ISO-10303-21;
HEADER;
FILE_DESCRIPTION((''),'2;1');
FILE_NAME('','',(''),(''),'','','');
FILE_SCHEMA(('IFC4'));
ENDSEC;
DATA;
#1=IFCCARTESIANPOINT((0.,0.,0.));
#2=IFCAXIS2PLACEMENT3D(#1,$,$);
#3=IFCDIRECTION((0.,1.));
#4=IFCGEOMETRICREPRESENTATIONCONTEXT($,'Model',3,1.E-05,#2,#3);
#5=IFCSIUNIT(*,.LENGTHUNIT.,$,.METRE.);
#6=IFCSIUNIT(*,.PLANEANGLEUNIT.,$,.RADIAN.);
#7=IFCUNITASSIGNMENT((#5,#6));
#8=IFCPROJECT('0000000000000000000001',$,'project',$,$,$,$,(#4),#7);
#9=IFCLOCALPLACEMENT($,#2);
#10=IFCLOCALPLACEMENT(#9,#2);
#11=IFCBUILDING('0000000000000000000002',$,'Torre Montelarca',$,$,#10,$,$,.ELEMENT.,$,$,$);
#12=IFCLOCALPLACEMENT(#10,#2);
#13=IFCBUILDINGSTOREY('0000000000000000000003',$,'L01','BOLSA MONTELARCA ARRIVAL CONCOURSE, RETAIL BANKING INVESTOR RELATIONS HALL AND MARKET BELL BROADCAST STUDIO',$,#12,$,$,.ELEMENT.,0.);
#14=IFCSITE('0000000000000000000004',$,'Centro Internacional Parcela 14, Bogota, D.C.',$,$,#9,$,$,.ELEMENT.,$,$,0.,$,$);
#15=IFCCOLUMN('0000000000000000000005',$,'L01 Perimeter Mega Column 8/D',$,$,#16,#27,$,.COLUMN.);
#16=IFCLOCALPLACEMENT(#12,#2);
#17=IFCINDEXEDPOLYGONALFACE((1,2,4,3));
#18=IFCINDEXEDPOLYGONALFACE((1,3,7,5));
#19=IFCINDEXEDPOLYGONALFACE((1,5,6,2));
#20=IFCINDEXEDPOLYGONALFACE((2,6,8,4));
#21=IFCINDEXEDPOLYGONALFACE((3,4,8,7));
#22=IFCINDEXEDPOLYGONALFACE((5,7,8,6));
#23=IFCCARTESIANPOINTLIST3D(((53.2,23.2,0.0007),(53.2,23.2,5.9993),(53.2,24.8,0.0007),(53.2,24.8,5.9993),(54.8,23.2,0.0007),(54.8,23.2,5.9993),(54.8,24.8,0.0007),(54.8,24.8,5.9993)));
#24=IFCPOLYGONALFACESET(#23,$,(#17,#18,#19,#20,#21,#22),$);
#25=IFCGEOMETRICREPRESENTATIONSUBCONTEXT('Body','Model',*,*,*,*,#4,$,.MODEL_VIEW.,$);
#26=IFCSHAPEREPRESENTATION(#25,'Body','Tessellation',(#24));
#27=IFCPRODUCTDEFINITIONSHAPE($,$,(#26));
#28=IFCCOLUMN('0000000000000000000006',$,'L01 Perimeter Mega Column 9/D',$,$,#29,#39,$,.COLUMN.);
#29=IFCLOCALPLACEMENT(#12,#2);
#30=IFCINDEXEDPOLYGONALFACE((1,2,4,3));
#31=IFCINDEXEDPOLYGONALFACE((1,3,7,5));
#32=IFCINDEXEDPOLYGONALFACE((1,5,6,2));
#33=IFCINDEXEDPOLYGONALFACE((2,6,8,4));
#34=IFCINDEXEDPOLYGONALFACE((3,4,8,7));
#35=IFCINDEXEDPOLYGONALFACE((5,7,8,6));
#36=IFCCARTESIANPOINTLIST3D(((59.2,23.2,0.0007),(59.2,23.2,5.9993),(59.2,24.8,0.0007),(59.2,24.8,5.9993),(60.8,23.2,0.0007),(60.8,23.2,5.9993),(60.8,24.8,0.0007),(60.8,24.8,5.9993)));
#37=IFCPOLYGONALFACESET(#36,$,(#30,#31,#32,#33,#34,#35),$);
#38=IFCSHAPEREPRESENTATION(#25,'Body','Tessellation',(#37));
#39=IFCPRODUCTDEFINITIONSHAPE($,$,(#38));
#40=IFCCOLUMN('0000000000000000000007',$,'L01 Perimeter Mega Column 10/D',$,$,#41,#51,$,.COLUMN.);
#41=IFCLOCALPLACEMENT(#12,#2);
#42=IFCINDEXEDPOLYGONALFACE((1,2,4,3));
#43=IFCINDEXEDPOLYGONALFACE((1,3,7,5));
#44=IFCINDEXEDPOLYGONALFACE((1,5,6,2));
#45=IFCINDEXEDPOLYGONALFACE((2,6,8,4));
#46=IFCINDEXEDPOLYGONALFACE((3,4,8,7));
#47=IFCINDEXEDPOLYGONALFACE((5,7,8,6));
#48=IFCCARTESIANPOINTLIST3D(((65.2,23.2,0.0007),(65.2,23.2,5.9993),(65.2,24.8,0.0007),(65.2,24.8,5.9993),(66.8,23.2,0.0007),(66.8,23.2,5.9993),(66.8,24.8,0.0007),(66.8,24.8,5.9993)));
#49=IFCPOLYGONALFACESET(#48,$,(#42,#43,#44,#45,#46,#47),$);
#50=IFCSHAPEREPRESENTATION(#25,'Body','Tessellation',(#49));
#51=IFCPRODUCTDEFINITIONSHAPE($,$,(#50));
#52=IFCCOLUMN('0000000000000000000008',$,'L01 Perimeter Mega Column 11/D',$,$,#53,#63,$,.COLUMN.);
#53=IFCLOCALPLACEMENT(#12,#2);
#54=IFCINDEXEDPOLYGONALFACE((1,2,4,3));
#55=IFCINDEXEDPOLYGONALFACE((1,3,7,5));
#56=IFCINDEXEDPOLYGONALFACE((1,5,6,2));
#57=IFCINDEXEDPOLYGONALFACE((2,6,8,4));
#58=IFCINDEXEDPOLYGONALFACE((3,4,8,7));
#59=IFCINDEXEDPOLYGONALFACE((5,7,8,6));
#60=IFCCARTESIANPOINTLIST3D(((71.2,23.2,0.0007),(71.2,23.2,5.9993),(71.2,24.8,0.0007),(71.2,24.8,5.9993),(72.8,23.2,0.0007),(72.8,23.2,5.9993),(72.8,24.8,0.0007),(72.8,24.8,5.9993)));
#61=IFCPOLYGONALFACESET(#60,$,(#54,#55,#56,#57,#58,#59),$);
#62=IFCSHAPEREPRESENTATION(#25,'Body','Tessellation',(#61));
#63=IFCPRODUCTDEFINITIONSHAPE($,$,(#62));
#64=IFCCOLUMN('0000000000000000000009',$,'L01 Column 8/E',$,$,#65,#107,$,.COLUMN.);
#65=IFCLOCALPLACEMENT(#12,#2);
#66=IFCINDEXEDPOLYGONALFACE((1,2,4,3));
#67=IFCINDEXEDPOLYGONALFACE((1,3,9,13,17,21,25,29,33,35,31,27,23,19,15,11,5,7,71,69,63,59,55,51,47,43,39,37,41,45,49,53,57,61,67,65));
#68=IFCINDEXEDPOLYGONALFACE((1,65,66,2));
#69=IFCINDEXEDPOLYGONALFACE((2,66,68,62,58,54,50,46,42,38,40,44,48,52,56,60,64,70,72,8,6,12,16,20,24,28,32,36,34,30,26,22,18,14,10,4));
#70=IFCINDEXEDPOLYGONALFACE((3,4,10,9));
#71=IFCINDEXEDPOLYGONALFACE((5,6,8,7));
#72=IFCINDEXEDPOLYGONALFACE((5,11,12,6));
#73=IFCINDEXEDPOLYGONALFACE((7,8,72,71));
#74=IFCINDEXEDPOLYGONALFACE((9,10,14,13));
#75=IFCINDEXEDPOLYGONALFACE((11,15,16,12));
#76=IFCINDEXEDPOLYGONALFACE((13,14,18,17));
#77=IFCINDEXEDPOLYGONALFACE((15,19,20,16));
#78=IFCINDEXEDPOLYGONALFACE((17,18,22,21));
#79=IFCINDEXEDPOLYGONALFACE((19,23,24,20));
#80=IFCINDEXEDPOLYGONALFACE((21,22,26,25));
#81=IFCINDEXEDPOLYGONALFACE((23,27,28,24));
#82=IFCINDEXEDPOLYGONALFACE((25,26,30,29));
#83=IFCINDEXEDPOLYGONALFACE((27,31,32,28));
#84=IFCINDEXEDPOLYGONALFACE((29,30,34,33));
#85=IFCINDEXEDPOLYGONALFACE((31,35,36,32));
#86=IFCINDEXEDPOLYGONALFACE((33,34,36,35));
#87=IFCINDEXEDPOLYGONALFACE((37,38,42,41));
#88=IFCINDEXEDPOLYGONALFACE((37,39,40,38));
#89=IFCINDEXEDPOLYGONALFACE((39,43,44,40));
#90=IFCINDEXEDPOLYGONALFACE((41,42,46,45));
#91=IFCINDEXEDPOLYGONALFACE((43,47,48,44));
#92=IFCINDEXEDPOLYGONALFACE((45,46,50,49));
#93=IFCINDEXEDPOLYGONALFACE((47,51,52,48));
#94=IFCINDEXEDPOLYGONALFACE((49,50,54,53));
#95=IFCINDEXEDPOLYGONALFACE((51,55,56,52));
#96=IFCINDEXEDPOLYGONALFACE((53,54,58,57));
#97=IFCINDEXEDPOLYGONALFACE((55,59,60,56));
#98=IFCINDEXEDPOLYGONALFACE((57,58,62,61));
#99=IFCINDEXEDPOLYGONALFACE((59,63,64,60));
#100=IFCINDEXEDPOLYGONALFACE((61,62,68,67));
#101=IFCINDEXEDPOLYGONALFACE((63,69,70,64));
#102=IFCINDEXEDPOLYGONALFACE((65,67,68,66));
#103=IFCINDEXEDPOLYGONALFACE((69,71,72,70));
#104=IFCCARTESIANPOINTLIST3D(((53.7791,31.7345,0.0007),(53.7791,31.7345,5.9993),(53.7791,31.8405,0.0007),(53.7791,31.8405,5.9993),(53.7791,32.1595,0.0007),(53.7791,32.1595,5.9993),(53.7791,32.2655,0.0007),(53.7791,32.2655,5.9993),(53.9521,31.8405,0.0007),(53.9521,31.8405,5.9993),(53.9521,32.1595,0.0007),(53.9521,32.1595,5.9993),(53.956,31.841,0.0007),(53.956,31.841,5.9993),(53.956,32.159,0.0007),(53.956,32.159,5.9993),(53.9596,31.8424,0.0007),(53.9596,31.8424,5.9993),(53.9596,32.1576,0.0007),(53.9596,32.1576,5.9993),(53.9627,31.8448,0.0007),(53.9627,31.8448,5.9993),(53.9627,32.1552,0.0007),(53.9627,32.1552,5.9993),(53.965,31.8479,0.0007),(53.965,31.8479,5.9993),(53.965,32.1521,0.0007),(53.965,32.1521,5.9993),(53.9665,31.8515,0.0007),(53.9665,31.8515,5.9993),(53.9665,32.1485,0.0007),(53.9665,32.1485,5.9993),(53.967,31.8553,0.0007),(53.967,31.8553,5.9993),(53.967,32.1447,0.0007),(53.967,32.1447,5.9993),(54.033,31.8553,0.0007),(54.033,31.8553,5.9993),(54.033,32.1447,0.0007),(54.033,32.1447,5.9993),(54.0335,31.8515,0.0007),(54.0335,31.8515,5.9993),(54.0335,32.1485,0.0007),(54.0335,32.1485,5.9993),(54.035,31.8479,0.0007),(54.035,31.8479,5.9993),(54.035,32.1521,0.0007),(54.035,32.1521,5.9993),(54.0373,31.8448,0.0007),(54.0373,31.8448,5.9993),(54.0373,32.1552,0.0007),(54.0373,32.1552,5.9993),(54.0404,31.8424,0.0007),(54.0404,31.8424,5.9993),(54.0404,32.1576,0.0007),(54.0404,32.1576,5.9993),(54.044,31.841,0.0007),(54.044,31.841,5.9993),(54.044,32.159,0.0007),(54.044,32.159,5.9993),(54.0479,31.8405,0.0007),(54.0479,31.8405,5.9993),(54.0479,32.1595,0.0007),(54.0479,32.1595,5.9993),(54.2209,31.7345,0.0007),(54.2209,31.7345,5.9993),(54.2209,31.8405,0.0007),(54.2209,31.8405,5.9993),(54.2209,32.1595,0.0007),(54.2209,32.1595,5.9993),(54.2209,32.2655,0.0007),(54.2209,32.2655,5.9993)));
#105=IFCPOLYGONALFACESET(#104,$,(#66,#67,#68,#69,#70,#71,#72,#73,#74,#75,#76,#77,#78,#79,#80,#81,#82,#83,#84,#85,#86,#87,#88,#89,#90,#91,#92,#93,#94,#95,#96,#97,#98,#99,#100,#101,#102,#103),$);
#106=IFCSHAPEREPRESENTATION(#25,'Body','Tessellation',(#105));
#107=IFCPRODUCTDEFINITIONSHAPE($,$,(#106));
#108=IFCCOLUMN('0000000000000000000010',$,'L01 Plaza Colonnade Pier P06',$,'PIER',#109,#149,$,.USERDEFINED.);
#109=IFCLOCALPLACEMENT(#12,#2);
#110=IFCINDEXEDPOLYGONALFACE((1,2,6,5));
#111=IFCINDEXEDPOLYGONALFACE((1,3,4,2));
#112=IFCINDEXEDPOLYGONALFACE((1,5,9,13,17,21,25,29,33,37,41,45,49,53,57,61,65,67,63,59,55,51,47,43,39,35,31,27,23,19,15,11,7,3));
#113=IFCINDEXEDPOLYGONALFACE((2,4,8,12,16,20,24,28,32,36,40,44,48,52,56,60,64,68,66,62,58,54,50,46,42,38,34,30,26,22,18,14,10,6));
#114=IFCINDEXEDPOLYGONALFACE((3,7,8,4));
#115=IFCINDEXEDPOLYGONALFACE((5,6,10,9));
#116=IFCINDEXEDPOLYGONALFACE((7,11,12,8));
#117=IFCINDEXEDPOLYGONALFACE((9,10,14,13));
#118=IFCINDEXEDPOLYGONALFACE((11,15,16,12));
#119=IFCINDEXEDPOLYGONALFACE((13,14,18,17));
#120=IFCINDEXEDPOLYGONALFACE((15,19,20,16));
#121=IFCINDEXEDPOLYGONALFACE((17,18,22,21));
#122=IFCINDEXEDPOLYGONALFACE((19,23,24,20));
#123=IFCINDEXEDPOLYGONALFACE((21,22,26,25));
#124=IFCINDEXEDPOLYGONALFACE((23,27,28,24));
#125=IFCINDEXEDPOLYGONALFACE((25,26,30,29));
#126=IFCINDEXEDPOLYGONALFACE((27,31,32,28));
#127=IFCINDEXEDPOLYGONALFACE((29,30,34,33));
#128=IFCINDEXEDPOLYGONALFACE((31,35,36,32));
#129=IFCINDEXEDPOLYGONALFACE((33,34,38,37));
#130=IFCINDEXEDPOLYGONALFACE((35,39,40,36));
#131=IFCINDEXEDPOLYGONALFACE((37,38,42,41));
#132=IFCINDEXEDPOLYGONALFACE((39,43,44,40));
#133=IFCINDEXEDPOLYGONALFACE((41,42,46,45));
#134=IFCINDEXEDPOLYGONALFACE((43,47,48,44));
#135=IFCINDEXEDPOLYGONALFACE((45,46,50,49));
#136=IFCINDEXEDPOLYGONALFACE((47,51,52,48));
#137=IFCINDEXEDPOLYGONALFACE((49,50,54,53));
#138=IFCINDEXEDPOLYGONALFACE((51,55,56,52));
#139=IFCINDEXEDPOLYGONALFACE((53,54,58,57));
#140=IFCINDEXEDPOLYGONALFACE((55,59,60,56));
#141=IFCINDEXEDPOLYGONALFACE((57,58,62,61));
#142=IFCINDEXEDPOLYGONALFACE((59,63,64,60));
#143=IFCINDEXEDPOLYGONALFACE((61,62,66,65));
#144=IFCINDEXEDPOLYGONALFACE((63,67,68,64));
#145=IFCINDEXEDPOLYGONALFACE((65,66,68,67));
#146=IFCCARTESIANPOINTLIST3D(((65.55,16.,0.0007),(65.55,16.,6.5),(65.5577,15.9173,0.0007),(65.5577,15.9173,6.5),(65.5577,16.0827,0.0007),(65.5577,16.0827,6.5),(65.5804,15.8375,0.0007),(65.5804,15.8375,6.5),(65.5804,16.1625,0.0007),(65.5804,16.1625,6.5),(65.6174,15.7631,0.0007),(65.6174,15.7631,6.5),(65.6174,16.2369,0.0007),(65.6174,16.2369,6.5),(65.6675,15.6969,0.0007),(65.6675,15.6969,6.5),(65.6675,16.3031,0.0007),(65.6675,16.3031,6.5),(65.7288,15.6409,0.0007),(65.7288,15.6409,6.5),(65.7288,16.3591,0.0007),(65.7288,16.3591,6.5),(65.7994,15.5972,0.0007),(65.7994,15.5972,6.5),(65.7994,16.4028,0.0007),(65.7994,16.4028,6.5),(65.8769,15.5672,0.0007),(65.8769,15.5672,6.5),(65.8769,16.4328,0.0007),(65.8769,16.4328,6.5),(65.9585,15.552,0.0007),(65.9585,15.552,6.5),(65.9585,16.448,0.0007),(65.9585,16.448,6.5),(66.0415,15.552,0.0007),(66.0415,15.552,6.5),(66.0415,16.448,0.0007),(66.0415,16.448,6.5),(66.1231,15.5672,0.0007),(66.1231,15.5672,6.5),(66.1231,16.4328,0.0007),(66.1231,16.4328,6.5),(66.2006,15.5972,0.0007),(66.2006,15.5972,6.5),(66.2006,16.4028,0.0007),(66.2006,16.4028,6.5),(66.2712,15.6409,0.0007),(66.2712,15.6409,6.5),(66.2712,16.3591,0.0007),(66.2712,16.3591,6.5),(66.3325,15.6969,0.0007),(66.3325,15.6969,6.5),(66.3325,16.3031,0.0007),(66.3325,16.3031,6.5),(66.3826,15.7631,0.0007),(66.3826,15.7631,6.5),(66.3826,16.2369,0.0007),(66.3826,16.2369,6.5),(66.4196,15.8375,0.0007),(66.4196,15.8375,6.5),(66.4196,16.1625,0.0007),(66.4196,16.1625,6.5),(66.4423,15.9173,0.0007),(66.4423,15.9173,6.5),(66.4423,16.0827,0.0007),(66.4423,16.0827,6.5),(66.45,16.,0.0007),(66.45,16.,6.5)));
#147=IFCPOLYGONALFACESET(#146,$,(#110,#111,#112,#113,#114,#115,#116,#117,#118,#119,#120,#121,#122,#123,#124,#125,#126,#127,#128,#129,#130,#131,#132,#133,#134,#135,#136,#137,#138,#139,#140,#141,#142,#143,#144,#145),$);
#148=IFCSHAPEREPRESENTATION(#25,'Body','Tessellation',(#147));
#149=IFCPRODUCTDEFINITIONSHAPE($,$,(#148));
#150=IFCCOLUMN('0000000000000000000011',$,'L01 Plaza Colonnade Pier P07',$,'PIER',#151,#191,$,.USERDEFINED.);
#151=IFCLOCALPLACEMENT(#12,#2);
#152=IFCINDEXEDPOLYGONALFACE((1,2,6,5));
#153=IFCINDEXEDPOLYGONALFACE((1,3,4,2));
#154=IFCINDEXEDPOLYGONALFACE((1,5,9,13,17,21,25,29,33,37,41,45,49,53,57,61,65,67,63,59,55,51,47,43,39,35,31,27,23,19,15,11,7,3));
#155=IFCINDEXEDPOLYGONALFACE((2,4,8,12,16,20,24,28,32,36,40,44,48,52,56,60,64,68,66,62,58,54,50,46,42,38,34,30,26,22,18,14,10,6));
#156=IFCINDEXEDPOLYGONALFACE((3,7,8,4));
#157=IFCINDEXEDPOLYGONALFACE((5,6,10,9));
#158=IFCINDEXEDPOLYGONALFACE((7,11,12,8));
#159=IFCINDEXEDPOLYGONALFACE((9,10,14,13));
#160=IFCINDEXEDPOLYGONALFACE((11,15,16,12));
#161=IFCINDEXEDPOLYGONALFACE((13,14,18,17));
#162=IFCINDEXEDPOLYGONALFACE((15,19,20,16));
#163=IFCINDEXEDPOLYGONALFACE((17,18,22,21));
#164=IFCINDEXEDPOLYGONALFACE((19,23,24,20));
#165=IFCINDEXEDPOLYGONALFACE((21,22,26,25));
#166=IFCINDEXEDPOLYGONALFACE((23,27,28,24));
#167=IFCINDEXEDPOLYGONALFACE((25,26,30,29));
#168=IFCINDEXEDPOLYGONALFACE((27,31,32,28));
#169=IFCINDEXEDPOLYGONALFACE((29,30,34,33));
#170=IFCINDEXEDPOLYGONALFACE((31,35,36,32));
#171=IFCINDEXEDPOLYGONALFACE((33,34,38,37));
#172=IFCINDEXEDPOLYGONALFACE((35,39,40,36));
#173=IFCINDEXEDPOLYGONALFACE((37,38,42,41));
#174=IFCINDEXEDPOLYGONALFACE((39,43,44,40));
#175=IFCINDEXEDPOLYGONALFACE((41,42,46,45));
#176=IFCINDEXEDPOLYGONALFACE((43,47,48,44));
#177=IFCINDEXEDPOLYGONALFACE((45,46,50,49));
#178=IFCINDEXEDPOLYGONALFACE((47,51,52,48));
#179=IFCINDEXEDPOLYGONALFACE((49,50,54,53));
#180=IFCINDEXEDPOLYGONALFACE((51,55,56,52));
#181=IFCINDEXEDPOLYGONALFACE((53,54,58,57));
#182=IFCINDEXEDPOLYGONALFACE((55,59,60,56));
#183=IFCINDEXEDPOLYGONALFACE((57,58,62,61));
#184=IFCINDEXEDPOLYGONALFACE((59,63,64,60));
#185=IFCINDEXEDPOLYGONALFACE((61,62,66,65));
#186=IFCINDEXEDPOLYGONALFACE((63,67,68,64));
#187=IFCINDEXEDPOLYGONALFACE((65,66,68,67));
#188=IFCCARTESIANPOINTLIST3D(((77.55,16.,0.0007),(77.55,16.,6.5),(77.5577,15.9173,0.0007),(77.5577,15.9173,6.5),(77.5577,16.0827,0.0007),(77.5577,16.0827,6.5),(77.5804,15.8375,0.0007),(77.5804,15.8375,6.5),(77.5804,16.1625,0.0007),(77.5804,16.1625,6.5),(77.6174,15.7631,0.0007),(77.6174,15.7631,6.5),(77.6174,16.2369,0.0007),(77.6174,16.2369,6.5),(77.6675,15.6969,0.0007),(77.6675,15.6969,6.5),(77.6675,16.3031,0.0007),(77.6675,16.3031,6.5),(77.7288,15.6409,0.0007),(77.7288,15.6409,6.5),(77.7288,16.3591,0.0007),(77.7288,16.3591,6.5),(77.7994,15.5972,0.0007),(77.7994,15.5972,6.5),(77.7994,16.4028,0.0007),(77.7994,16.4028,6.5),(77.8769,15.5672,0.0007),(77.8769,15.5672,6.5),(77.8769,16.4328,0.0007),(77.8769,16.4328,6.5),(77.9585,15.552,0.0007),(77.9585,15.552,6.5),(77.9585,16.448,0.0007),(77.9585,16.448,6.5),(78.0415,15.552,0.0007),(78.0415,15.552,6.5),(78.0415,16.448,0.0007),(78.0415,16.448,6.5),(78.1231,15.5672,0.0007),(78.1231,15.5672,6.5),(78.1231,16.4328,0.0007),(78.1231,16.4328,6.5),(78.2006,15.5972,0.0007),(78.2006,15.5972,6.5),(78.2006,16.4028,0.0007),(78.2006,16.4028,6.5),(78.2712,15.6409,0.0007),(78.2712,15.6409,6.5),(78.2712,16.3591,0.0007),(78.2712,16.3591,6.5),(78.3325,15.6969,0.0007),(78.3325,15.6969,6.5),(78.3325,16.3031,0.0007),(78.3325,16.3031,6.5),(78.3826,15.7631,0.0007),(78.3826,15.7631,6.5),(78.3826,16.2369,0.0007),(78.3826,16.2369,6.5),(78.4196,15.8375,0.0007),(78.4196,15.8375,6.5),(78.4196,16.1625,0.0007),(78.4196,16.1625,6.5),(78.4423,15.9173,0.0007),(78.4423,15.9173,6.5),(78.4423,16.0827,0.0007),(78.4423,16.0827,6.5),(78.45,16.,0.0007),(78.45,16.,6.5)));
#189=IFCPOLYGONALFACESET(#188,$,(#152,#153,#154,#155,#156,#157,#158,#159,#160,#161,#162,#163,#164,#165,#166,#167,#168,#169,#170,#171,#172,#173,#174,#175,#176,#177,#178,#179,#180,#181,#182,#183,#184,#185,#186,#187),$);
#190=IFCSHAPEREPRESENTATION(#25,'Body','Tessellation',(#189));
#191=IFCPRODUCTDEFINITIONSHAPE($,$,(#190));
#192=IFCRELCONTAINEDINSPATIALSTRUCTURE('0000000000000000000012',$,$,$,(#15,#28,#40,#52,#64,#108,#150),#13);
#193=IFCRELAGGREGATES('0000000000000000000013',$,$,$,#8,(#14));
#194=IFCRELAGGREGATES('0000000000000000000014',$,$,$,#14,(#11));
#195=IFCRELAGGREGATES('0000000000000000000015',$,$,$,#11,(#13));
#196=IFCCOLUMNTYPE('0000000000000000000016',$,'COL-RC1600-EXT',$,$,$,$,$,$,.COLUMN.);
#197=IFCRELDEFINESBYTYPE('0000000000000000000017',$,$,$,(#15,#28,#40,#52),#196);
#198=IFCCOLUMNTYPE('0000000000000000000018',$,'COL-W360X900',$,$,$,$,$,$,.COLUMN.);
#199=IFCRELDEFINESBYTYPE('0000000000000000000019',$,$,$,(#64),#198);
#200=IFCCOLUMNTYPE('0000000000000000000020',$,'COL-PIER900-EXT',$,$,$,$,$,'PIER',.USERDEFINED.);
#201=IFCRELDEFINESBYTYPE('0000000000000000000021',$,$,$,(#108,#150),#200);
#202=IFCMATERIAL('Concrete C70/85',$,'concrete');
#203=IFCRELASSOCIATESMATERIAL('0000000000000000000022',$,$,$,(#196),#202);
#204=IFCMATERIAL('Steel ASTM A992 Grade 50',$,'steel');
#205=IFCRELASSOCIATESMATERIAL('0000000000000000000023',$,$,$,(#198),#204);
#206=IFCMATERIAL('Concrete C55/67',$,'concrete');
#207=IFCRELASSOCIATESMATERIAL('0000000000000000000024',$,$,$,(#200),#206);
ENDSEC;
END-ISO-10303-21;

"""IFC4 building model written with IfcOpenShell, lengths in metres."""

from ifc_helpers import new_model, si_unit, direction, frame, origin, origin_2d, place, context, subcontext, project, spatial, rectangle, circle, i_section, extrude, source, transform, mapped, material, material_profile, profile_set, type_object, element, save


model = new_model("IFC4")

# Units and contexts
model_context = context("Model", 3, precision=1e-05, world=origin(), true_north=direction((0.0, 1.0)))
body_context = subcontext(model_context, "Body", "Model", "MODEL_VIEW")
ifc_project = project(units=[si_unit("LENGTHUNIT", "METRE"), si_unit("PLANEANGLEUNIT", "RADIAN")], contexts=[model_context])

# Site, building, storey
site_placement = place(None, origin())
site = spatial("IfcSite", under=ifc_project, at=site_placement, Name="Centro Internacional Parcela 14, Bogota, D.C.", CompositionType="ELEMENT", RefElevation=0.0)
building_placement = place(site_placement, origin())
building = spatial("IfcBuilding", under=site, at=building_placement, Name="Torre Montelarca", CompositionType="ELEMENT")
storey_placement = place(building_placement, origin())
storey = spatial("IfcBuildingStorey", under=building, at=storey_placement, Name="L01", Description="BOLSA MONTELARCA ARRIVAL CONCOURSE, RETAIL BANKING INVESTOR RELATIONS HALL AND MARKET BELL BROADCAST STUDIO", CompositionType="ELEMENT", Elevation=0.0)

# Columns
ifc_material_1 = material(Name="Concrete C70/85", Category="concrete")
ifc_material_profile_1 = material_profile(ifc_material_1, rectangle(XDim=1.6001, YDim=1.6001, at=origin_2d()), Name="RC1600X1600", Category="concrete")
ifc_profile_set_1 = profile_set([ifc_material_profile_1], Name="Concrete C70/85")
column_type_1 = type_object("IfcColumnType", Name="COL-RC1600-EXT", PredefinedType="COLUMN", material=ifc_profile_set_1)
shared_shape_1 = source(origin(), body_context, "Body", "SweptSolid", [
    extrude(rectangle(XDim=1.6001, YDim=1.6001, at=origin_2d()), origin(), (0.0, 0.0, 1.0), 5.9985),
])
for number, where, z_axis, x_axis, name in (
    (1, (54.0, 24.0, 0.0007), (0.0, 0.0, 1.0), (1.0, 0.0, 0.0), "L01 Perimeter Mega Column 8/D"),
    (2, (60.0, 24.0, 0.0007), (0.0, 0.0, 1.0), (1.0, 0.0, 0.0), "L01 Perimeter Mega Column 9/D"),
    (3, (66.0, 24.0, 0.0007), (0.0, 0.0, 1.0), (1.0, 0.0, 0.0), "L01 Perimeter Mega Column 10/D"),
    (4, (72.0, 24.0, 0.0007), (0.0, 0.0, 1.0), (1.0, 0.0, 0.0), "L01 Perimeter Mega Column 11/D"),
):
    element("IfcColumn", number, at=place(storey_placement, frame(where, z_axis=z_axis, x_axis=x_axis)), inside=storey, type_object=column_type_1, Name=name, PredefinedType="COLUMN", context=body_context, shape_type="MappedRepresentation", body=[
        mapped(shared_shape_1, transform((0.0, 0.0, 0.0), scale=1.0)),
    ])
ifc_material_2 = material(Name="Steel ASTM A992 Grade 50", Category="steel")
ifc_material_profile_2 = material_profile(ifc_material_2, i_section(OverallWidth=0.4419, OverallDepth=0.531, WebThickness=0.0659, FlangeThickness=0.106, FilletRadius=0.0149, at=origin_2d()), Name="W360X900", Category="steel")
ifc_profile_set_2 = profile_set([ifc_material_profile_2], Name="Steel ASTM A992 Grade 50")
column_type_2 = type_object("IfcColumnType", Name="COL-W360X900", PredefinedType="COLUMN", material=ifc_profile_set_2)
shared_shape_2 = source(origin(), body_context, "Body", "SweptSolid", [
    extrude(i_section(OverallWidth=0.4419, OverallDepth=0.531, WebThickness=0.0659, FlangeThickness=0.106, FilletRadius=0.0149, at=origin_2d()), origin(), (0.0, 0.0, 1.0), 5.9985),
])
column_placement = place(storey_placement, frame((54.0, 32.0, 0.0007), z_axis=(0.0, 0.0, 1.0), x_axis=(1.0, 0.0, 0.0)))
element("IfcColumn", 5, at=column_placement, inside=storey, type_object=column_type_2, Name="L01 Column 8/E", PredefinedType="COLUMN", context=body_context, shape_type="MappedRepresentation", body=[
    mapped(shared_shape_2, transform((0.0, 0.0, 0.0), scale=1.0)),
])
ifc_material_3 = material(Name="Concrete C55/67", Category="concrete")
ifc_material_profile_3 = material_profile(ifc_material_3, circle(Radius=0.45, at=origin_2d()), Name="RCC900", Category="concrete")
ifc_profile_set_3 = profile_set([ifc_material_profile_3], Name="Concrete C55/67")
column_type_3 = type_object("IfcColumnType", Name="COL-PIER900-EXT", ElementType="PIER", PredefinedType="USERDEFINED", material=ifc_profile_set_3)
shared_shape_3 = source(origin(), body_context, "Body", "SweptSolid", [
    extrude(circle(Radius=0.45, at=origin_2d()), origin(), (0.0, 0.0, 1.0), 6.4993),
])
for number, where, z_axis, x_axis, name in (
    (6, (66.0, 16.0, 0.0007), (0.0, 0.0, 1.0), (1.0, 0.0, 0.0), "L01 Plaza Colonnade Pier P06"),
    (7, (78.0, 16.0, 0.0007), (0.0, 0.0, 1.0), (1.0, 0.0, 0.0), "L01 Plaza Colonnade Pier P07"),
):
    element("IfcColumn", number, at=place(storey_placement, frame(where, z_axis=z_axis, x_axis=x_axis)), inside=storey, type_object=column_type_3, Name=name, ObjectType="PIER", PredefinedType="USERDEFINED", context=body_context, shape_type="MappedRepresentation", body=[
        mapped(shared_shape_3, transform((0.0, 0.0, 0.0), scale=1.0)),
    ])

save(model, "model.ifc")
